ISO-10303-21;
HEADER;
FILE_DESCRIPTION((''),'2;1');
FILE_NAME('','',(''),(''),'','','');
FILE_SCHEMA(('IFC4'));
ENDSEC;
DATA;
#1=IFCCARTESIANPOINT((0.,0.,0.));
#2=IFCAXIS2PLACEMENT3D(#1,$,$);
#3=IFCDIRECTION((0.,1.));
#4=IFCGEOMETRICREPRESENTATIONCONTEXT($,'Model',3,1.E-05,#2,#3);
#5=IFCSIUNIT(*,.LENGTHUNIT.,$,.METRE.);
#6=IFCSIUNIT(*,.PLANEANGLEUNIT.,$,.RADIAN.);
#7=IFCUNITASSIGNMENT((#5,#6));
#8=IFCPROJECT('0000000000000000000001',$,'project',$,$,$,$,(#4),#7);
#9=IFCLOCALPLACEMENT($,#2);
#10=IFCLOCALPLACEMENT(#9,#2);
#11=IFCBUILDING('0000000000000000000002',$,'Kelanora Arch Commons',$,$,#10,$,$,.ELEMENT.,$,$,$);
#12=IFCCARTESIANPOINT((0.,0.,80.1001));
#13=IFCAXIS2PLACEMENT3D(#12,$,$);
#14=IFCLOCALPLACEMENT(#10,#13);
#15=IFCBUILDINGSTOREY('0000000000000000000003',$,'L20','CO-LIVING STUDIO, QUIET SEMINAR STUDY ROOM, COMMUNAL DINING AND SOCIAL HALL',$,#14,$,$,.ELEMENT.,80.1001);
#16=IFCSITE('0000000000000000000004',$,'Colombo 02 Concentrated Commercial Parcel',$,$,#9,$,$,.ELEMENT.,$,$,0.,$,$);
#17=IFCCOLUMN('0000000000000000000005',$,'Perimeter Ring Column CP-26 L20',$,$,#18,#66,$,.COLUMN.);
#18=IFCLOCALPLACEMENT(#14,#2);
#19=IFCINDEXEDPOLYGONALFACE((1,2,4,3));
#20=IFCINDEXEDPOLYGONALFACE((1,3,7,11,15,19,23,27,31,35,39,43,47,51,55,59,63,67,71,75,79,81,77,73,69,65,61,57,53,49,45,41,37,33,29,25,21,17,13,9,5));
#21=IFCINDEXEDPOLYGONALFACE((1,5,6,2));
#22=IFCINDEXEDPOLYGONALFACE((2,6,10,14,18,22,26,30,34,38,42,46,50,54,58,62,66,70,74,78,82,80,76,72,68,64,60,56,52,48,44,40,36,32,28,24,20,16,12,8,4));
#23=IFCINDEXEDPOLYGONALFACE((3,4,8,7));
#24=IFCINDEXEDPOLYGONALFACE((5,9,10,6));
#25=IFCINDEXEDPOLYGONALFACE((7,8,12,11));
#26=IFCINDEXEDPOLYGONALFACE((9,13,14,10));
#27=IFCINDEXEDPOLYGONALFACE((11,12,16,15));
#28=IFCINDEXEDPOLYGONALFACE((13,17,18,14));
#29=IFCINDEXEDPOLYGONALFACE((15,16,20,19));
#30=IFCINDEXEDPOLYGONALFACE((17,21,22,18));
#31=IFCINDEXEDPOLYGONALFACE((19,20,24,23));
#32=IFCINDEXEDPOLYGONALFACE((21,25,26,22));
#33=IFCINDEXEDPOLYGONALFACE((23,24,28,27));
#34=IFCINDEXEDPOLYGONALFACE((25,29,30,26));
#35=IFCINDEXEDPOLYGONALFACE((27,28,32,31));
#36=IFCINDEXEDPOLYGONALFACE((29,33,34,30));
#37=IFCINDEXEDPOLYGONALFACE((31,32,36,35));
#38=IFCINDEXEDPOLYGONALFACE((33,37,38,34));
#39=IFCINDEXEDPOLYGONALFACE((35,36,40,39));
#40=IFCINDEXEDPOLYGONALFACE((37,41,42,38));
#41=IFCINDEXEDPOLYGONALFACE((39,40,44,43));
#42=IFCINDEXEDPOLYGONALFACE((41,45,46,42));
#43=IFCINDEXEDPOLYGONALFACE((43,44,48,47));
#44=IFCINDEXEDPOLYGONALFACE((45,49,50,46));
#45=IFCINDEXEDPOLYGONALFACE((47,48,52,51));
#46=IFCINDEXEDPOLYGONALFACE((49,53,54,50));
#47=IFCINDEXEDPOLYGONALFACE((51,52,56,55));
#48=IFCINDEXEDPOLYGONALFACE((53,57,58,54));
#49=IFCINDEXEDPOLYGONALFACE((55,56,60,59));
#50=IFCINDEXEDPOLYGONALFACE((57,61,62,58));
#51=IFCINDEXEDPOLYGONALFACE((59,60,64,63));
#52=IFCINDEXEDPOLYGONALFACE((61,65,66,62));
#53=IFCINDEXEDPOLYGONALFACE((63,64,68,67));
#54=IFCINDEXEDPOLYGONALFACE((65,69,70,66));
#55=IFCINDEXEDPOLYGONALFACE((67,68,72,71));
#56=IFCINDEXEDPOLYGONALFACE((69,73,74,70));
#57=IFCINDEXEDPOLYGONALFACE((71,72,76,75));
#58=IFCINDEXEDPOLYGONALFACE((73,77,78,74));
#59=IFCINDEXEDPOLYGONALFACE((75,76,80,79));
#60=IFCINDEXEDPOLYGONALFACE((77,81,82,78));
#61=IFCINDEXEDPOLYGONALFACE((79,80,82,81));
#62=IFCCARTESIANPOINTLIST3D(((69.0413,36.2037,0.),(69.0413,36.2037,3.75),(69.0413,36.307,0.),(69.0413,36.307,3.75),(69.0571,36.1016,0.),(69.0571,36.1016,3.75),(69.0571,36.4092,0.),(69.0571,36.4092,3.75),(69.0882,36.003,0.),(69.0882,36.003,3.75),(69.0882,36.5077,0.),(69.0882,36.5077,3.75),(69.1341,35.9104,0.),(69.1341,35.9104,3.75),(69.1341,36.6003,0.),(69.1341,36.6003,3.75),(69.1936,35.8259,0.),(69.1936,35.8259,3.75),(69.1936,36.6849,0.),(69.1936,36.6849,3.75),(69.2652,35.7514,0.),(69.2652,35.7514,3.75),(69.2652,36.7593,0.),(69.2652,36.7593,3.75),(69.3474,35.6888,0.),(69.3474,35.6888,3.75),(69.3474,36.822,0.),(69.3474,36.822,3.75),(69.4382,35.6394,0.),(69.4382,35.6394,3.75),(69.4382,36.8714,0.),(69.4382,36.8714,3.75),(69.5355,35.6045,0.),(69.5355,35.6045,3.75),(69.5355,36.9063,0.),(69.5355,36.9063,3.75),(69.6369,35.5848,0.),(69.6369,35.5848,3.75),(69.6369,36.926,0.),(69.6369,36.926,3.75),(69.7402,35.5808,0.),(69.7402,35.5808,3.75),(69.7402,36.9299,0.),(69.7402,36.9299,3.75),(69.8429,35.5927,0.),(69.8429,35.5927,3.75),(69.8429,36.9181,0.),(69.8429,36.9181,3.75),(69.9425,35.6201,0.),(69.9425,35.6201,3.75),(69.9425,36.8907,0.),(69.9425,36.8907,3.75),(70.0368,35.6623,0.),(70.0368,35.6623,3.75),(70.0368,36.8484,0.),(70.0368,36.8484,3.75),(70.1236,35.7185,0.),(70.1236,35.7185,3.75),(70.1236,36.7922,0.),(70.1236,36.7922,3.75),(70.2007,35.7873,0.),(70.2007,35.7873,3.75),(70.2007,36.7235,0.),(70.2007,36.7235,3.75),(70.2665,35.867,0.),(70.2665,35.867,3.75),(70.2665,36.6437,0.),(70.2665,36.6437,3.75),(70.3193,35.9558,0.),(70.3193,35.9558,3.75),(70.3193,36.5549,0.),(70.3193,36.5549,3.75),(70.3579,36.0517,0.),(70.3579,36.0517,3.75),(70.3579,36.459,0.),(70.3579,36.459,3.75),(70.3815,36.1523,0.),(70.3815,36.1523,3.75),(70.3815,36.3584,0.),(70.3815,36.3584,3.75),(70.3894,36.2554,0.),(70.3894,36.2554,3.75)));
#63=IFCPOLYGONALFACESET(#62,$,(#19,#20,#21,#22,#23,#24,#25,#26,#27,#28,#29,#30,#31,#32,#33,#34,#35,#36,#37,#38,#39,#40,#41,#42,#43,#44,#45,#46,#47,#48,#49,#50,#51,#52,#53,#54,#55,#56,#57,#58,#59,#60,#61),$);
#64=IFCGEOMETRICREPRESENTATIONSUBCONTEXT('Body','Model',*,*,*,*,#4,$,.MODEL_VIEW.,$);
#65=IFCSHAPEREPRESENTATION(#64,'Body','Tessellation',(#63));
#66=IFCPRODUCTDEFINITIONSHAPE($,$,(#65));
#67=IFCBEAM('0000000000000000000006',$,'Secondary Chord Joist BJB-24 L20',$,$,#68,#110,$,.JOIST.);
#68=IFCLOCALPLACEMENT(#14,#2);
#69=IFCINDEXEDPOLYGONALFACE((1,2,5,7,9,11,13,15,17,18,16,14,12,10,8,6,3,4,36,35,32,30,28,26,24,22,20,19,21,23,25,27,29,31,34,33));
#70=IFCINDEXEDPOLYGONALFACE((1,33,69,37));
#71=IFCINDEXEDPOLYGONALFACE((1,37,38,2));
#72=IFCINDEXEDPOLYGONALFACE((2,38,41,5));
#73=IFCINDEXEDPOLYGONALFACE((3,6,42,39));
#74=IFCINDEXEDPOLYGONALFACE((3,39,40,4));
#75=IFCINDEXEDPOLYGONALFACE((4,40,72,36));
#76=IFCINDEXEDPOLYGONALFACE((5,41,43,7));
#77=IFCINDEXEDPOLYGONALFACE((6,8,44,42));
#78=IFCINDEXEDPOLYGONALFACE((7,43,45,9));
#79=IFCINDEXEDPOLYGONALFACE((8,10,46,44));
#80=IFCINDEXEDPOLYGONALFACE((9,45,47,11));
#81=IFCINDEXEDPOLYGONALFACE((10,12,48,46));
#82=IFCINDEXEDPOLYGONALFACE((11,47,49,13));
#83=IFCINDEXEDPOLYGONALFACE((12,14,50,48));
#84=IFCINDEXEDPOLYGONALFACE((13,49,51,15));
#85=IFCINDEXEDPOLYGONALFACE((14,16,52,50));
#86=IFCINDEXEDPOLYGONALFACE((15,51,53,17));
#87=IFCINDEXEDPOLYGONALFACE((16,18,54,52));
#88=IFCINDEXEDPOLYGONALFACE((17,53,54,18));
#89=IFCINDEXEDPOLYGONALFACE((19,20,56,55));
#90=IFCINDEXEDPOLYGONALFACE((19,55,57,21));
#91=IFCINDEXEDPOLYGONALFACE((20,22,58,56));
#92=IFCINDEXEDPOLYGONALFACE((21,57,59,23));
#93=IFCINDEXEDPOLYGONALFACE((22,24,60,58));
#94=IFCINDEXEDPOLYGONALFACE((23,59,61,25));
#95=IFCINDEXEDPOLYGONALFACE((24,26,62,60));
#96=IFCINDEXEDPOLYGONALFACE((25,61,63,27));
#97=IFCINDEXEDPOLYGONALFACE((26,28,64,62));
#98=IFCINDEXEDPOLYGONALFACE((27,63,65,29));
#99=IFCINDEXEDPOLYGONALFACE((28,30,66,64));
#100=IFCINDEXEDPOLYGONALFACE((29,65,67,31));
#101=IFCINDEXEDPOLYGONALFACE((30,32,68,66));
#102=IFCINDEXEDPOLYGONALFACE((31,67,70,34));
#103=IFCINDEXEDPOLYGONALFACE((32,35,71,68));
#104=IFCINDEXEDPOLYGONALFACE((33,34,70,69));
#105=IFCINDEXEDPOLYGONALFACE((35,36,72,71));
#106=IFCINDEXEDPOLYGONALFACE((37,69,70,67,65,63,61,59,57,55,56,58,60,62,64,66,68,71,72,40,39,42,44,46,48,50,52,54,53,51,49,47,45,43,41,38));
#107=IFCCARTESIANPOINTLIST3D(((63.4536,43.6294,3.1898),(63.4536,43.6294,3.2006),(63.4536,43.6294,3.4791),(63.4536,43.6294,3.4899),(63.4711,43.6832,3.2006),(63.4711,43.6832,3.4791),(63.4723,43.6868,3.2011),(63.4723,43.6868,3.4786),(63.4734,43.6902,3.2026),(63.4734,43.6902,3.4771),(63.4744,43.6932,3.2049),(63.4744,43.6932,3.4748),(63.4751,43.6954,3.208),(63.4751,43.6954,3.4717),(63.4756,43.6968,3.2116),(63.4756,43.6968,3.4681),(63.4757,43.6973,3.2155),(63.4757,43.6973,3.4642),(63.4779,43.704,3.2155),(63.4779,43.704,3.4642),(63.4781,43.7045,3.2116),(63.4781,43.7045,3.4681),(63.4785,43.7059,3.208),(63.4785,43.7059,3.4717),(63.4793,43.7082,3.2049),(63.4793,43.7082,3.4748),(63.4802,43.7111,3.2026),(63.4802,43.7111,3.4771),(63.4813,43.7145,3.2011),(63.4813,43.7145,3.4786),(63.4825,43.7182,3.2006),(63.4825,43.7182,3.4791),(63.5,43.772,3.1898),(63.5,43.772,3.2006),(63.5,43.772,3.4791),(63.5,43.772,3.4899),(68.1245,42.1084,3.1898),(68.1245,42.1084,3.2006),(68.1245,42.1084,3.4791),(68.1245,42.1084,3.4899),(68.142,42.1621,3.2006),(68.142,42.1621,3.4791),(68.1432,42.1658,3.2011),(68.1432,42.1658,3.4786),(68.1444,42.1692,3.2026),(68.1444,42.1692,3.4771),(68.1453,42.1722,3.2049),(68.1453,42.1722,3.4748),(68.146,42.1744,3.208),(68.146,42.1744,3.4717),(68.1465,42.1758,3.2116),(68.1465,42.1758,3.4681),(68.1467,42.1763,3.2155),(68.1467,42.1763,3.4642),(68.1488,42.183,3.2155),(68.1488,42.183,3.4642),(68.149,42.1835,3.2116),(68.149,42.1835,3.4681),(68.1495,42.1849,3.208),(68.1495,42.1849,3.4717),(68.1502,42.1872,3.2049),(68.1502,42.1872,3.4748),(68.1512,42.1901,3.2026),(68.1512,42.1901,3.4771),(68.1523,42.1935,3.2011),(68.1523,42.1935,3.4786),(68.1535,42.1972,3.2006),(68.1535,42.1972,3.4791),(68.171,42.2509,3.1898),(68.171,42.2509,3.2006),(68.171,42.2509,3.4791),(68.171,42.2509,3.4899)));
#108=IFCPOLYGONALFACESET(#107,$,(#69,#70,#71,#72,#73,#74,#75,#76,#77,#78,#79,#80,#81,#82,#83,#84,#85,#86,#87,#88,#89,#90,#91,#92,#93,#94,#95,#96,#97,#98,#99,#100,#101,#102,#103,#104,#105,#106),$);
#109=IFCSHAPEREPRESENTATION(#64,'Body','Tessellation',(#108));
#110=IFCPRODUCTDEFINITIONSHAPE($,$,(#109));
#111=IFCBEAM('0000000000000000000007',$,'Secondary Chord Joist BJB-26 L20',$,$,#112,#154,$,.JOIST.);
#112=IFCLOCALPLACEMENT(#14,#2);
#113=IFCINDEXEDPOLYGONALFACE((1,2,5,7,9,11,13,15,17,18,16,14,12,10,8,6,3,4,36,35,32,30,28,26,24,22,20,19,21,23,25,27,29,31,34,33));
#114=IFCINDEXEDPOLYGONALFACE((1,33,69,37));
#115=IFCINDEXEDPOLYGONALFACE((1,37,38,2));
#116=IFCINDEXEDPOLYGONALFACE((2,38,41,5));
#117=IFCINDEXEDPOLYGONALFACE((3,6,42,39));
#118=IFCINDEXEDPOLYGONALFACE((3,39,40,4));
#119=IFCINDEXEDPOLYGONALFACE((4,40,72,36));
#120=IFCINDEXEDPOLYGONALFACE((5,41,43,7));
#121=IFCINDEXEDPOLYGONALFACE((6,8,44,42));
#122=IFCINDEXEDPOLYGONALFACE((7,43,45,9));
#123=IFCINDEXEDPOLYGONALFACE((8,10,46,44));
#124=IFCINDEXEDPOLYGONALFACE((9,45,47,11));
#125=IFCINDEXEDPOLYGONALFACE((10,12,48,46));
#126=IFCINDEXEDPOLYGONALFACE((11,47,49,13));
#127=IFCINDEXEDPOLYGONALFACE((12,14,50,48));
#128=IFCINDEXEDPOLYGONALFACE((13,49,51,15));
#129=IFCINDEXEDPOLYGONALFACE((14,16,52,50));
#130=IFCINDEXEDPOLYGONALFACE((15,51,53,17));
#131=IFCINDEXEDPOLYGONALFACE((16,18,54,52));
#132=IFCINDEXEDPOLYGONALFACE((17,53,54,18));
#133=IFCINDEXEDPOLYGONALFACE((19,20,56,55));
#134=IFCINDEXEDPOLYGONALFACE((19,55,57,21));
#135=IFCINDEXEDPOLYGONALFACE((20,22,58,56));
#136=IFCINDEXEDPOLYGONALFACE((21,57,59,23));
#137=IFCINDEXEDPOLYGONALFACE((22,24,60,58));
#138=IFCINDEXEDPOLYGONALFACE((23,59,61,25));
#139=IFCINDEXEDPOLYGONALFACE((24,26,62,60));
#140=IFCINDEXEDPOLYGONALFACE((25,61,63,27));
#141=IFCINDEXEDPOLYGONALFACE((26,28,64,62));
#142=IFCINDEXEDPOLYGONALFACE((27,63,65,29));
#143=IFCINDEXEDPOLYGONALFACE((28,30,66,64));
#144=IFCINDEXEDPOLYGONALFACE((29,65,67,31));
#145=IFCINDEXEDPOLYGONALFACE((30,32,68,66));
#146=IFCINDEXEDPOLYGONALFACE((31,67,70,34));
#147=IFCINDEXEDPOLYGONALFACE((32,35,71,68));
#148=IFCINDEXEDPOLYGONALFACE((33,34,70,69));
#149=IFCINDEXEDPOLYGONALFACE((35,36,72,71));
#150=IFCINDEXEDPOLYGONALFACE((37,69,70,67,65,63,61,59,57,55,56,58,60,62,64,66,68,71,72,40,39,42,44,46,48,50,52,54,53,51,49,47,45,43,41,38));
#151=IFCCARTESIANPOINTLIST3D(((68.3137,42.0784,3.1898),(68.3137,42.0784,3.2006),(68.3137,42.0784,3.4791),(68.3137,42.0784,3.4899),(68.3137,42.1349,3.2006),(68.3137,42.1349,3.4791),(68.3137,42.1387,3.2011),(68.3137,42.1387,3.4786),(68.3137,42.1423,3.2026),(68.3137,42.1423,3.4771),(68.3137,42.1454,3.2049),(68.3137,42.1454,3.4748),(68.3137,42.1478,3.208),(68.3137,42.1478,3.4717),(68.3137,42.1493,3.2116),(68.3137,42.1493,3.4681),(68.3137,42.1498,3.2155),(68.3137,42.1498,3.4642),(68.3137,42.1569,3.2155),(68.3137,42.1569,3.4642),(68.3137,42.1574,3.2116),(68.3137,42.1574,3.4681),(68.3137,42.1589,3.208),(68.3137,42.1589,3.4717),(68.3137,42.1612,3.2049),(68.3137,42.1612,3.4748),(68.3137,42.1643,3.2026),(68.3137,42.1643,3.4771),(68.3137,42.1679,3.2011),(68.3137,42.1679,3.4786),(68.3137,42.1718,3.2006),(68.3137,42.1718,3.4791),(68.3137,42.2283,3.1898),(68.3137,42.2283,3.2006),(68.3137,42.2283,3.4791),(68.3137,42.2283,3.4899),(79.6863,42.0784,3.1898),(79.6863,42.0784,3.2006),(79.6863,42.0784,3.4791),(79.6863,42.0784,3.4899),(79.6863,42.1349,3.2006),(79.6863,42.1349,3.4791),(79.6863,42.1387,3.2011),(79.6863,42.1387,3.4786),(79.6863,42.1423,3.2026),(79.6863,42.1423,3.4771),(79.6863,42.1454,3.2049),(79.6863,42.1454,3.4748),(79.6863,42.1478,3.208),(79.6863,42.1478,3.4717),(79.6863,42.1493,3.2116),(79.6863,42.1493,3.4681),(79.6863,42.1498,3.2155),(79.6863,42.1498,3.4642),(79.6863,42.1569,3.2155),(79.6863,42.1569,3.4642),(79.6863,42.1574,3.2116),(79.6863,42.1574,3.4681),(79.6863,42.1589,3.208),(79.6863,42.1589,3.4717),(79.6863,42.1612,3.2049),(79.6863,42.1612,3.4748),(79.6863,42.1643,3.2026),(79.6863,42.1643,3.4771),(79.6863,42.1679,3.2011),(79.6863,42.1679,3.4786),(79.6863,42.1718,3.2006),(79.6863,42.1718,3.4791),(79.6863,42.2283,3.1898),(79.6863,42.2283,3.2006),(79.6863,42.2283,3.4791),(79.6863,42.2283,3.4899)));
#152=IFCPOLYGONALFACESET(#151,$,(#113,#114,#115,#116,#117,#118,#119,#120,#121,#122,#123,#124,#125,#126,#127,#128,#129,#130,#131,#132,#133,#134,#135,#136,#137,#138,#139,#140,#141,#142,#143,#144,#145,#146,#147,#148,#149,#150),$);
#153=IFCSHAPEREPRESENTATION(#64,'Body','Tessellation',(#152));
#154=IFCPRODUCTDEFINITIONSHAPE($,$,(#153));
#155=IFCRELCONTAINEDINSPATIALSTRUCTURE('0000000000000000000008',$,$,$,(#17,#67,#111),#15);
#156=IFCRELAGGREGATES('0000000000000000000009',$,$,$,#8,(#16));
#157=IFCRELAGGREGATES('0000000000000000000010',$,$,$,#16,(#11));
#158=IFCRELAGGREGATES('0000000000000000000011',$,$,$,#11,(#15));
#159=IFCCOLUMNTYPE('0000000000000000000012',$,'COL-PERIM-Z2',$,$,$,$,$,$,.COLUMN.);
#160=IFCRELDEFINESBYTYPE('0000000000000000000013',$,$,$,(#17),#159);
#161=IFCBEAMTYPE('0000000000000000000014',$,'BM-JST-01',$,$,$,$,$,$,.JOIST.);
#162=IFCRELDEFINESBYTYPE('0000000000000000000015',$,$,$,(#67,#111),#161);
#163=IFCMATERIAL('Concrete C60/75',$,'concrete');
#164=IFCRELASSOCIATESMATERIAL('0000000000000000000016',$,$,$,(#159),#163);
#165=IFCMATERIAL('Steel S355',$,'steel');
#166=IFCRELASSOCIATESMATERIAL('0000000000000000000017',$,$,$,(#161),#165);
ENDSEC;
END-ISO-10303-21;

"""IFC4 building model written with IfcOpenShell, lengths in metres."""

from ifc_helpers import new_model, si_unit, direction, frame, origin, origin_2d, place, context, subcontext, project, spatial, circle, i_section, extrude, material, material_profile, profile_set, type_object, element, save


model = new_model("IFC4")

# Units and contexts
model_context = context("Model", 3, precision=1e-05, world=origin(), true_north=direction((0.0, 1.0)))
body_context = subcontext(model_context, "Body", "Model", "MODEL_VIEW")
ifc_project = project(units=[si_unit("LENGTHUNIT", "METRE"), si_unit("PLANEANGLEUNIT", "RADIAN")], contexts=[model_context])

# Site, building, storey
site_placement = place(None, origin())
site = spatial("IfcSite", under=ifc_project, at=site_placement, Name="Colombo 02 Concentrated Commercial Parcel", CompositionType="ELEMENT", RefElevation=0.0)
building_placement = place(site_placement, origin())
building = spatial("IfcBuilding", under=site, at=building_placement, Name="Kelanora Arch Commons", CompositionType="ELEMENT")
storey_placement = place(building_placement, frame((0.0, 0.0, 80.1001)))
storey = spatial("IfcBuildingStorey", under=building, at=storey_placement, Name="L20", Description="CO-LIVING STUDIO, QUIET SEMINAR STUDY ROOM, COMMUNAL DINING AND SOCIAL HALL", CompositionType="ELEMENT", Elevation=80.1001)

# Column
ifc_material_1 = material(Name="Concrete C60/75", Category="concrete")
ifc_material_profile_1 = material_profile(ifc_material_1, circle(Radius=0.675, at=origin_2d()), Name="RCC1350")
ifc_profile_set_1 = profile_set([ifc_material_profile_1], Name="Concrete C60/75")
column_type = type_object("IfcColumnType", Name="COL-PERIM-Z2", PredefinedType="COLUMN", material=ifc_profile_set_1)
column_placement = place(storey_placement, frame((69.7144, 36.2554, 0.0), z_axis=(0.0, 0.0, 1.0), x_axis=(1.0, 0.0, 0.0)))
element("IfcColumn", 1, at=column_placement, inside=storey, type_object=column_type, Name="Perimeter Ring Column CP-26 L20", PredefinedType="COLUMN", context=body_context, shape_type="SweptSolid", body=[
    extrude(circle(Radius=0.675, at=origin_2d()), origin(), (0.0, 0.0, 1.0), 3.75),
])

# Beams
ifc_material_2 = material(Name="Steel S355", Category="steel")
ifc_material_profile_2 = material_profile(ifc_material_2, i_section(OverallWidth=0.1499, OverallDepth=0.3, WebThickness=0.0071, FlangeThickness=0.0107, FilletRadius=0.0149, at=origin_2d()), Name="IPE300")
ifc_profile_set_2 = profile_set([ifc_material_profile_2], Name="Steel S355")
beam_type_1 = type_object("IfcBeamType", Name="BM-JST-01", PredefinedType="JOIST", material=ifc_profile_set_2)
beam_1_placement = place(storey_placement, frame((63.4768, 43.7007, 3.3398), z_axis=(0.950857, -0.30963, 0.0), x_axis=(0.30963, 0.950857, 0.0)))
element("IfcBeam", 2, at=beam_1_placement, inside=storey, type_object=beam_type_1, Name="Secondary Chord Joist BJB-24 L20", PredefinedType="JOIST", context=body_context, shape_type="SweptSolid", body=[
    extrude(i_section(OverallWidth=0.1499, OverallDepth=0.3, WebThickness=0.0071, FlangeThickness=0.0107, FilletRadius=0.0149, at=origin_2d()), origin(), (0.0, 0.0, 1.0), 4.9124),
])
beam_2_placement = place(storey_placement, frame((68.3137, 42.1533, 3.3398), z_axis=(1.0, 0.0, 0.0), x_axis=(0.0, 1.0, 0.0)))
element("IfcBeam", 3, at=beam_2_placement, inside=storey, type_object=beam_type_1, Name="Secondary Chord Joist BJB-26 L20", PredefinedType="JOIST", context=body_context, shape_type="SweptSolid", body=[
    extrude(i_section(OverallWidth=0.1499, OverallDepth=0.3, WebThickness=0.0071, FlangeThickness=0.0107, FilletRadius=0.0149, at=origin_2d()), origin(), (0.0, 0.0, 1.0), 11.3726),
])

save(model, "model.ifc")
